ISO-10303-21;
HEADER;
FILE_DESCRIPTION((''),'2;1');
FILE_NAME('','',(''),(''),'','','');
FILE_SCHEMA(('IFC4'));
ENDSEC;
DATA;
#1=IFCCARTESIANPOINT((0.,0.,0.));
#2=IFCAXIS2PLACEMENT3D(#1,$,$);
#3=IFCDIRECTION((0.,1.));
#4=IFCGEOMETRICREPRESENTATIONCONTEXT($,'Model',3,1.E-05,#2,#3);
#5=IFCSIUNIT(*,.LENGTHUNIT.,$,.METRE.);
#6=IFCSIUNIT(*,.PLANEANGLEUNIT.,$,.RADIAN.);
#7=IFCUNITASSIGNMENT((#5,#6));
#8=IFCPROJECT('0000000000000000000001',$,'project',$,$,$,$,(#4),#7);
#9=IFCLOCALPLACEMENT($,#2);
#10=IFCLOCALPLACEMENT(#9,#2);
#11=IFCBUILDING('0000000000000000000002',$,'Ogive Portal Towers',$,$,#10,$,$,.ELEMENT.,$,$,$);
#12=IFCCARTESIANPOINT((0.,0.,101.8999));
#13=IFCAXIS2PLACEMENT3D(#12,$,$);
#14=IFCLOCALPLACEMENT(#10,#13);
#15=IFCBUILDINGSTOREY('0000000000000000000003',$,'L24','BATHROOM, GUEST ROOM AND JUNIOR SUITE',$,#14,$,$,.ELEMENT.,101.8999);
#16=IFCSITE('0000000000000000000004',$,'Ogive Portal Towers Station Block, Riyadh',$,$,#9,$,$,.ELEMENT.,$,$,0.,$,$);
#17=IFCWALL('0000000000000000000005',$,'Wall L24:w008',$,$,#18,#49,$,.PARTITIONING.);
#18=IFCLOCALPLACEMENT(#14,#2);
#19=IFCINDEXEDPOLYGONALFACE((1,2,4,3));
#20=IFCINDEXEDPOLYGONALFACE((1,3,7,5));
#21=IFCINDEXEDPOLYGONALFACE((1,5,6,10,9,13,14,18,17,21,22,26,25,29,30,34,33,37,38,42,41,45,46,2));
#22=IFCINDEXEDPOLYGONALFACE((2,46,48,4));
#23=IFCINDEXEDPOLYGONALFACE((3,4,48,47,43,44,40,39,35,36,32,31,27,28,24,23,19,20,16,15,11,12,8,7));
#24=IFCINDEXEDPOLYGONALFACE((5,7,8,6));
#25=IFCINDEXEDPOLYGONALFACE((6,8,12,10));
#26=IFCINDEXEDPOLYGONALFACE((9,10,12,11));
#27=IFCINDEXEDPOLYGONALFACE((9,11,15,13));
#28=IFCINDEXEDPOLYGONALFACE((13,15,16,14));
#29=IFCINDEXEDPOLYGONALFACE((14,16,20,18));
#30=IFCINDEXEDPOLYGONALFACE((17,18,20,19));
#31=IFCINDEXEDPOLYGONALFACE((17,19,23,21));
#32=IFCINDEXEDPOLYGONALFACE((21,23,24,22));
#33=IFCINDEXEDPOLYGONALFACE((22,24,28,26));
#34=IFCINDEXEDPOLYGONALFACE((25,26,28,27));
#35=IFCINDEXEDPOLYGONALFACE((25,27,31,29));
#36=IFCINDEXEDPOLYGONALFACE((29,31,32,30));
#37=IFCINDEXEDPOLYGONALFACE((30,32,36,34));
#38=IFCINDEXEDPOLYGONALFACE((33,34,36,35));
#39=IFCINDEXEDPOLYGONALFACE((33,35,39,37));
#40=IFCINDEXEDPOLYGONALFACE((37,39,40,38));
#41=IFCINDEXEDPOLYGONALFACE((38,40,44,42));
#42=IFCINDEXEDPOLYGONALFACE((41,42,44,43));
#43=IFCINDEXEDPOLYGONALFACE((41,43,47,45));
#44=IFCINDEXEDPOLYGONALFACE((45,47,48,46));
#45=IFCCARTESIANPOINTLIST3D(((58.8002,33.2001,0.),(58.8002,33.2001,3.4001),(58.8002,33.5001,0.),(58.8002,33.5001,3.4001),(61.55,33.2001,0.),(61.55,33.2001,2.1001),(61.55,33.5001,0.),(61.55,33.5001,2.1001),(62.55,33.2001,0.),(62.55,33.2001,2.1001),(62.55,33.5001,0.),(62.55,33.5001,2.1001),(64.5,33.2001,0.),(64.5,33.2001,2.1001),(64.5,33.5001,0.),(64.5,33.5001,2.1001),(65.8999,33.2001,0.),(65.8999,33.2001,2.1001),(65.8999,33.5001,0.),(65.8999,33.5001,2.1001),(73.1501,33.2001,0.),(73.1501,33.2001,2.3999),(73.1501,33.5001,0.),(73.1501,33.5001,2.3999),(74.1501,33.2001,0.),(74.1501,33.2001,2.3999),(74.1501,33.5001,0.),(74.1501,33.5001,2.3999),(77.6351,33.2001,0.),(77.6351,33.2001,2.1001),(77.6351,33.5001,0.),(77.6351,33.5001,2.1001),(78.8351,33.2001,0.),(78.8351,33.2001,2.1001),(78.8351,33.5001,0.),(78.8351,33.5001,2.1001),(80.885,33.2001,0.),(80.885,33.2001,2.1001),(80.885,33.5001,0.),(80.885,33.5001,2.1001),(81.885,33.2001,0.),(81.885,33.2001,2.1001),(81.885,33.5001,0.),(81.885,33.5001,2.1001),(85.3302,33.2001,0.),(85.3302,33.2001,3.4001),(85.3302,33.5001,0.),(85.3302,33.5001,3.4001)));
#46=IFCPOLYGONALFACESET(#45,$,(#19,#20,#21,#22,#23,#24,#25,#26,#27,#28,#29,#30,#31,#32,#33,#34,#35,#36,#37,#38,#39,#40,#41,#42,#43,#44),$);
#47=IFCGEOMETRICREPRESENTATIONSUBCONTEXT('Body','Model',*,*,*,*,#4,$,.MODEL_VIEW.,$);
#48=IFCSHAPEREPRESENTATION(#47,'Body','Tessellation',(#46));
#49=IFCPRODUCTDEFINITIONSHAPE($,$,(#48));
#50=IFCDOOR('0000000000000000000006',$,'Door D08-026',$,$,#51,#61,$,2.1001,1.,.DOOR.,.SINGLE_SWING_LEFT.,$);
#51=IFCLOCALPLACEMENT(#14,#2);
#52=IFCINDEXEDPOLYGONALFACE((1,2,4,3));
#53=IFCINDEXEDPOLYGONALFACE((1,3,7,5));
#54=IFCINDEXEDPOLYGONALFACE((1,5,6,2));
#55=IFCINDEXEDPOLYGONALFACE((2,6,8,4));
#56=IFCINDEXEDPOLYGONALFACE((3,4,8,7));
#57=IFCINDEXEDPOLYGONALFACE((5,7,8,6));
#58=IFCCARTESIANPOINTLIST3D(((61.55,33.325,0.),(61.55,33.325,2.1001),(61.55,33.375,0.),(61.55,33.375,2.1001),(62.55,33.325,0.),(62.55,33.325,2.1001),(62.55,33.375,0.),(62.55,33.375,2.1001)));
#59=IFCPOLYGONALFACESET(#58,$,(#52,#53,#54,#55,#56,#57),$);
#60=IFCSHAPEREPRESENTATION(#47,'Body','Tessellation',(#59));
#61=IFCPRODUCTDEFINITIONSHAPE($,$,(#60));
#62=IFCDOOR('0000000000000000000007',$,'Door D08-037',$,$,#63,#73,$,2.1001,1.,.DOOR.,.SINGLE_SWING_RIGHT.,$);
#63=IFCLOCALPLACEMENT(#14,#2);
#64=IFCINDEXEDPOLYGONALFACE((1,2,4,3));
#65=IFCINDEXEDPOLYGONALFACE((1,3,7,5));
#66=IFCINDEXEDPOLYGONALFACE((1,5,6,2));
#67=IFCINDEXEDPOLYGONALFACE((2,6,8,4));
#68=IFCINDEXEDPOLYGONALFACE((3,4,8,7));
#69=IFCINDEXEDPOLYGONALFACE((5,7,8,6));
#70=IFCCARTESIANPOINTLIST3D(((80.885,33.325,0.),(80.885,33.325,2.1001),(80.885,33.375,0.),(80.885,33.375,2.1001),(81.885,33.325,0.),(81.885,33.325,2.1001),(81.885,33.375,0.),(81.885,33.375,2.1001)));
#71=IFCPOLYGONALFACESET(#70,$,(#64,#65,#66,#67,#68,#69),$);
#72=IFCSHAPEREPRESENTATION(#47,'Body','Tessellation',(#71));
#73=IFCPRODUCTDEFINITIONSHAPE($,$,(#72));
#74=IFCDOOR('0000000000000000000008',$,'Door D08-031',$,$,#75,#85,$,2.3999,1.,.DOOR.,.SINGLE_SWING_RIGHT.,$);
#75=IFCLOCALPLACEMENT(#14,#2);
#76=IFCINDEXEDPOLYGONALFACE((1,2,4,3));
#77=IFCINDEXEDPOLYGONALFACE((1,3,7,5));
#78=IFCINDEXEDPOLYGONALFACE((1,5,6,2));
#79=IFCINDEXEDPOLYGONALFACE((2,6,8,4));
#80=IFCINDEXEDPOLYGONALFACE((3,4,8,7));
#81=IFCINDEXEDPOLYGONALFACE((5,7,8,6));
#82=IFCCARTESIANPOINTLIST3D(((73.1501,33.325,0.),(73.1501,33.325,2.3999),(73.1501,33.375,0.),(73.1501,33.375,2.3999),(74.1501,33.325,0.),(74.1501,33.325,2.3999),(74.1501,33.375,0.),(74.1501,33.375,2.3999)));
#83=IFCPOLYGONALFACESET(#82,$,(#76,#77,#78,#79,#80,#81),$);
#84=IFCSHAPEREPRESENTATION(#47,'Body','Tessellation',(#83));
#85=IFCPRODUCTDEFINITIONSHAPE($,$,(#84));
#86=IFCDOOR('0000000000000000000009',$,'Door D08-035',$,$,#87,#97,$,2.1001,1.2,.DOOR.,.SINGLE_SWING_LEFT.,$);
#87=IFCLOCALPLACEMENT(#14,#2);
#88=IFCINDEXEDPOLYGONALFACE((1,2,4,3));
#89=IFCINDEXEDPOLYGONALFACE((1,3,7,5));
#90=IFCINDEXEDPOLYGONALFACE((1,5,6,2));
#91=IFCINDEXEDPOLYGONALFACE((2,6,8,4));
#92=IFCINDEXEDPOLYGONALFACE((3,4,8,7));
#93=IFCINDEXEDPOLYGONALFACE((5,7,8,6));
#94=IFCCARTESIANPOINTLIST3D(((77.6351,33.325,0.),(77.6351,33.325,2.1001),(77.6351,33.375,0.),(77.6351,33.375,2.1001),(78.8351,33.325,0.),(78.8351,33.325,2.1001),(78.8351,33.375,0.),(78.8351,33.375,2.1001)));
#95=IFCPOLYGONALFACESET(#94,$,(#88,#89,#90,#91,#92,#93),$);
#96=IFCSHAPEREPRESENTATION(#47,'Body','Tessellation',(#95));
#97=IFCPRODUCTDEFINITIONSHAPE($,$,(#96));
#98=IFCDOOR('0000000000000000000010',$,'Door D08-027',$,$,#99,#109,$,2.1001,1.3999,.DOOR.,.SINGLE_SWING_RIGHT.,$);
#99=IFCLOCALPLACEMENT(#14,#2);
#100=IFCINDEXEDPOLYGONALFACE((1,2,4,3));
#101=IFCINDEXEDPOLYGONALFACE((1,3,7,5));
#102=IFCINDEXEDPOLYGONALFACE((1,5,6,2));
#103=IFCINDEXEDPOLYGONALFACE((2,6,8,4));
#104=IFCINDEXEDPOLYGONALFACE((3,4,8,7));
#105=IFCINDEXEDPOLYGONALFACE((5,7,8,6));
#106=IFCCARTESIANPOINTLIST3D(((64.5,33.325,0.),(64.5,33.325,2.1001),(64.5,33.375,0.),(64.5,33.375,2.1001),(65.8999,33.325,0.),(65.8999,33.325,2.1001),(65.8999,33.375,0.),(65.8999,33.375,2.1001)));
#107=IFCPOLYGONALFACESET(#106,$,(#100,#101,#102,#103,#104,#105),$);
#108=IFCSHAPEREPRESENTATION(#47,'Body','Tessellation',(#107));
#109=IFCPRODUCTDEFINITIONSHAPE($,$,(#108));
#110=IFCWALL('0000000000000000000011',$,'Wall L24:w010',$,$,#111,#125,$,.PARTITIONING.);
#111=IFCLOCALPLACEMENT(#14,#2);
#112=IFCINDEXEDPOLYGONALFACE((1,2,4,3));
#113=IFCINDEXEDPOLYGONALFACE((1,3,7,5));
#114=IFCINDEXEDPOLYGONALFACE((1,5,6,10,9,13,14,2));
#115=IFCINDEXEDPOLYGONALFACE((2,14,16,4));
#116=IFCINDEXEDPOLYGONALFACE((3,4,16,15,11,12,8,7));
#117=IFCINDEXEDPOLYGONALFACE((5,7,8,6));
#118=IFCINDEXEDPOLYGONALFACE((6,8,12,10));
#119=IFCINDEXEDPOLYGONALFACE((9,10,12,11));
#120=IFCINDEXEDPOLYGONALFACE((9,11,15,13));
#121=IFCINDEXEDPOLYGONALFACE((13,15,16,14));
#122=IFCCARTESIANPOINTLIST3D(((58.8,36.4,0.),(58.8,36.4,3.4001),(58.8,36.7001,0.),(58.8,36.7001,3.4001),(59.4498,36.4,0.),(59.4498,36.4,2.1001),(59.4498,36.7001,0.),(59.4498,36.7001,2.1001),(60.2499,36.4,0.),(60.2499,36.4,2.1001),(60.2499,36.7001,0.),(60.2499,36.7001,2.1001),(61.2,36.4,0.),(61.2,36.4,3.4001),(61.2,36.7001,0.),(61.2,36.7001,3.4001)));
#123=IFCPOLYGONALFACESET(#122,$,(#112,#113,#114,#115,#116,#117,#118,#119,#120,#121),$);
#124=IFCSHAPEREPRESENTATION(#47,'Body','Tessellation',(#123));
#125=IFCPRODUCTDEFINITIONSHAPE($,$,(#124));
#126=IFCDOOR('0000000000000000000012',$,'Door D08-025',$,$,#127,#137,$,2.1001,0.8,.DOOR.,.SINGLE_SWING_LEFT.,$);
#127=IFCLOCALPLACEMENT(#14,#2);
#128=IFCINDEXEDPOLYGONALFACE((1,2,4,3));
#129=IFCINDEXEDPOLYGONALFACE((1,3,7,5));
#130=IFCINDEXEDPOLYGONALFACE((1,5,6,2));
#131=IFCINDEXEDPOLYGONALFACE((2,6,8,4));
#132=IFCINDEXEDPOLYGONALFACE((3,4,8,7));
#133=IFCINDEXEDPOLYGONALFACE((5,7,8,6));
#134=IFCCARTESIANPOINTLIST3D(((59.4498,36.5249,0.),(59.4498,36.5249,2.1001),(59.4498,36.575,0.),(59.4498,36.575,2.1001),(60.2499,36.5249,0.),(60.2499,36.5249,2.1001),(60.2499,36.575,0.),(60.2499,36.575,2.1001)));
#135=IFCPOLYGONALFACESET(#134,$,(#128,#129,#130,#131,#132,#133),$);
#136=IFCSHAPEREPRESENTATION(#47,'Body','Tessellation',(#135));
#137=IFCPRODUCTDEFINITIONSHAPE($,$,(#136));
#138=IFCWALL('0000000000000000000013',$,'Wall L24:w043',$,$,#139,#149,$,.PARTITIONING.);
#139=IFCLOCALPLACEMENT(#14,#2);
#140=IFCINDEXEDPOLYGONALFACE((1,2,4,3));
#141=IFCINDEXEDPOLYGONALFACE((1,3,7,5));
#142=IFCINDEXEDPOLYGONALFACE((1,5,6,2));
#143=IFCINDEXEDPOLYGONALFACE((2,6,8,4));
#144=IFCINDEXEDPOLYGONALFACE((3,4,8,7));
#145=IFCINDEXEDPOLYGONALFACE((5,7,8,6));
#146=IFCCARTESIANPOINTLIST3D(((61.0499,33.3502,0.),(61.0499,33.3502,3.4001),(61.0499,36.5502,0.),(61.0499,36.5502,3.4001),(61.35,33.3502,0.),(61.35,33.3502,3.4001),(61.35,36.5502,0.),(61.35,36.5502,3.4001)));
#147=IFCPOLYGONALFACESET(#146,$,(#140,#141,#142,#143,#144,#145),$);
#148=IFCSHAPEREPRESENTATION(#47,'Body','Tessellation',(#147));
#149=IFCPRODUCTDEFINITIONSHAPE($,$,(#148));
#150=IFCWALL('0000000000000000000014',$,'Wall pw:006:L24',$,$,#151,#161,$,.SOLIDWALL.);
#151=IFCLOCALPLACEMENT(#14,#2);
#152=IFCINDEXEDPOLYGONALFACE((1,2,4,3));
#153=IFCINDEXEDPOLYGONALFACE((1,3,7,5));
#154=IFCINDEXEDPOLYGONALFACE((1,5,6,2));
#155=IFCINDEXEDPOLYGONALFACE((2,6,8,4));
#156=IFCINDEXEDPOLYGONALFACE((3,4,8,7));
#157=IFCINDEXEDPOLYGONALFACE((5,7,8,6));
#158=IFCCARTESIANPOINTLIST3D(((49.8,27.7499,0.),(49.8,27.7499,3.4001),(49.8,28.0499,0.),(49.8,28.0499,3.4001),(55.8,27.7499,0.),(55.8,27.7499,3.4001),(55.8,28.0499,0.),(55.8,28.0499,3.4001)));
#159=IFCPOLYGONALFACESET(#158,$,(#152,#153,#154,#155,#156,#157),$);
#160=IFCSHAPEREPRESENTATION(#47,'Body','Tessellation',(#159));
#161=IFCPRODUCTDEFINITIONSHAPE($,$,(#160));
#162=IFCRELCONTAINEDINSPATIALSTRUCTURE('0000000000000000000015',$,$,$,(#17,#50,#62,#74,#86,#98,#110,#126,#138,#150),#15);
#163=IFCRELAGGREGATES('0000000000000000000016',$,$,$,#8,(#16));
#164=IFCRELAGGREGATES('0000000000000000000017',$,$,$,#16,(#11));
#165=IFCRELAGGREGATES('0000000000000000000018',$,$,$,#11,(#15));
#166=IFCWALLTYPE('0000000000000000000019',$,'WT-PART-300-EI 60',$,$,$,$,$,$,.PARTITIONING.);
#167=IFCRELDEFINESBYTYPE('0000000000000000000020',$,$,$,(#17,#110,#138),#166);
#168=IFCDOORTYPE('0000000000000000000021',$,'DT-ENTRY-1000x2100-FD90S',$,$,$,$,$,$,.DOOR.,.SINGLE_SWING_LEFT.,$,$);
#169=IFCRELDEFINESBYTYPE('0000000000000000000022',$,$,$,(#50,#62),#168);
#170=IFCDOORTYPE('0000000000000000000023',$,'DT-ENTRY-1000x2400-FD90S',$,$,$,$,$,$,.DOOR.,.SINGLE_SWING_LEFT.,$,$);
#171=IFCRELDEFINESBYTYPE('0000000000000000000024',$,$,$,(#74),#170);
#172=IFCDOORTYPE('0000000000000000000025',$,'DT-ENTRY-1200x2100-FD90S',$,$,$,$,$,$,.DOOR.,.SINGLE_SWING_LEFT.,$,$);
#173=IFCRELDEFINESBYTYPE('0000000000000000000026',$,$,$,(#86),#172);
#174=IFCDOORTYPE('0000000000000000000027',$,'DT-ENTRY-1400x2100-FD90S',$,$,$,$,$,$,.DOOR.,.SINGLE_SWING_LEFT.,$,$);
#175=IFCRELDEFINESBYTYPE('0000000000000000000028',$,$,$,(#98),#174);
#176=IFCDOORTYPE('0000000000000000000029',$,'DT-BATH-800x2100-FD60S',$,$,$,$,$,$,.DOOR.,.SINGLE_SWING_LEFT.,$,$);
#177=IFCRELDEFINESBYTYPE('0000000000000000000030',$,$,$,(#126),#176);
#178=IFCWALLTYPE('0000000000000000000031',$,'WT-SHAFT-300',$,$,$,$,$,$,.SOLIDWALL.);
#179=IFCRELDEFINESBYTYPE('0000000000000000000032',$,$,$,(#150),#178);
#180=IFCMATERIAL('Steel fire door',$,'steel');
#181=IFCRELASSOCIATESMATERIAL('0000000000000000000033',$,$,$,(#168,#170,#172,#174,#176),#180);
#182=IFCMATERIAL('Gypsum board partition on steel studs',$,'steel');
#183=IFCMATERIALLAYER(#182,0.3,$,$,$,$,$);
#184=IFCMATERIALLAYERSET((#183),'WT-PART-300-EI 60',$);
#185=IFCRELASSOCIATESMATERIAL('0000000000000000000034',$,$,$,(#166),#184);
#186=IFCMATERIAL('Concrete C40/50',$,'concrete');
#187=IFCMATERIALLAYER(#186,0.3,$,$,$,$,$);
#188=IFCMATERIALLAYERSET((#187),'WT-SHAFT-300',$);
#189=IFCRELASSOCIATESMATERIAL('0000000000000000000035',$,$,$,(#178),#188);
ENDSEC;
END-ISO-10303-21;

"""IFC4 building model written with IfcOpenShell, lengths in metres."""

from ifc_helpers import new_model, si_unit, direction, frame, frame_2d, origin, place, context, subcontext, project, spatial, rectangle, extrude, material, layer, layer_set, type_object, element, fill, save


model = new_model("IFC4")

# Units and contexts
model_context = context("Model", 3, precision=1e-05, world=origin(), true_north=direction((0.0, 1.0)))
body_context = subcontext(model_context, "Body", "Model", "MODEL_VIEW")
ifc_project = project(units=[si_unit("LENGTHUNIT", "METRE"), si_unit("PLANEANGLEUNIT", "RADIAN")], contexts=[model_context])

# Site, building, storey
site_placement = place(None, origin())
site = spatial("IfcSite", under=ifc_project, at=site_placement, Name="Ogive Portal Towers Station Block, Riyadh", CompositionType="ELEMENT", RefElevation=0.0)
building_placement = place(site_placement, origin())
building = spatial("IfcBuilding", under=site, at=building_placement, Name="Ogive Portal Towers", CompositionType="ELEMENT")
storey_placement = place(building_placement, frame((0.0, 0.0, 101.8999)))
storey = spatial("IfcBuildingStorey", under=building, at=storey_placement, Name="L24", Description="BATHROOM, GUEST ROOM AND JUNIOR SUITE", CompositionType="ELEMENT", Elevation=101.8999)

# Shared definitions
ifc_material_1 = material(Name="Gypsum board partition on steel studs", Category="steel")
ifc_material_2 = material(Name="Steel fire door", Category="steel")

# Wall, openings, doors
door_type_1 = type_object("IfcDoorType", Name="DT-ENTRY-1000x2100-FD90S", OperationType="SINGLE_SWING_LEFT", PredefinedType="DOOR", material=ifc_material_2)
door_type_2 = type_object("IfcDoorType", Name="DT-ENTRY-1000x2400-FD90S", OperationType="SINGLE_SWING_LEFT", PredefinedType="DOOR", material=ifc_material_2)
door_type_3 = type_object("IfcDoorType", Name="DT-ENTRY-1200x2100-FD90S", OperationType="SINGLE_SWING_LEFT", PredefinedType="DOOR", material=ifc_material_2)
ifc_layer_1 = layer(ifc_material_1, 0.3)
ifc_layer_set_1 = layer_set([ifc_layer_1], Name="WT-PART-300-EI 60")
wall_type_1 = type_object("IfcWallType", Name="WT-PART-300-EI 60", PredefinedType="PARTITIONING", material=ifc_layer_set_1)
wall_1_placement = place(storey_placement, frame((58.8, 33.3501, 0.0), z_axis=(0.0, 0.0, 1.0), x_axis=(1.0, 0.0, 0.0)))
wall_1 = element("IfcWall", 1, at=wall_1_placement, inside=storey, type_object=wall_type_1, Name="Wall L24:w008", PredefinedType="PARTITIONING", context=body_context, shape_type="SweptSolid", body=[
    extrude(rectangle(XDim=26.53, YDim=0.3, at=frame_2d((13.2651, 0.0))), origin(), (0.0, 0.0, 1.0), 3.4001),
])
opening_1_placement = place(wall_1_placement, frame((2.75, 0.0, 0.0)))
opening_1 = element("IfcOpeningElement", 2, at=opening_1_placement, cuts=wall_1, PredefinedType="OPENING", context=body_context, shape_type="SweptSolid", body=[
    extrude(rectangle(XDim=1.0, YDim=2.1001, at=frame_2d((0.5, 1.05))), frame((0.0, 0.1602, 0.0), z_axis=(0.0, -1.0, 0.0), x_axis=(1.0, 0.0, 0.0)), (0.0, 0.0, 1.0), 0.3201),
])
opening_2_placement = place(wall_1_placement, frame((5.7, 0.0, 0.0)))
opening_2 = element("IfcOpeningElement", 3, at=opening_2_placement, cuts=wall_1, PredefinedType="OPENING", context=body_context, shape_type="SweptSolid", body=[
    extrude(rectangle(XDim=1.3999, YDim=2.1001, at=frame_2d((0.7, 1.05))), frame((0.0, 0.1602, 0.0), z_axis=(0.0, -1.0, 0.0), x_axis=(1.0, 0.0, 0.0)), (0.0, 0.0, 1.0), 0.3201),
])
opening_3_placement = place(wall_1_placement, frame((14.3501, 0.0, 0.0)))
opening_3 = element("IfcOpeningElement", 4, at=opening_3_placement, cuts=wall_1, PredefinedType="OPENING", context=body_context, shape_type="SweptSolid", body=[
    extrude(rectangle(XDim=1.0, YDim=2.3999, at=frame_2d((0.5, 1.2))), frame((0.0, 0.1602, 0.0), z_axis=(0.0, -1.0, 0.0), x_axis=(1.0, 0.0, 0.0)), (0.0, 0.0, 1.0), 0.3201),
])
opening_4_placement = place(wall_1_placement, frame((18.835, 0.0, 0.0)))
opening_4 = element("IfcOpeningElement", 5, at=opening_4_placement, cuts=wall_1, PredefinedType="OPENING", context=body_context, shape_type="SweptSolid", body=[
    extrude(rectangle(XDim=1.2, YDim=2.1001, at=frame_2d((0.6001, 1.05))), frame((0.0, 0.1602, 0.0), z_axis=(0.0, -1.0, 0.0), x_axis=(1.0, 0.0, 0.0)), (0.0, 0.0, 1.0), 0.3201),
])
opening_5_placement = place(wall_1_placement, frame((22.085, 0.0, 0.0)))
opening_5 = element("IfcOpeningElement", 6, at=opening_5_placement, cuts=wall_1, PredefinedType="OPENING", context=body_context, shape_type="SweptSolid", body=[
    extrude(rectangle(XDim=1.0, YDim=2.1001, at=frame_2d((0.5, 1.05))), frame((0.0, 0.1602, 0.0), z_axis=(0.0, -1.0, 0.0), x_axis=(1.0, 0.0, 0.0)), (0.0, 0.0, 1.0), 0.3201),
])
door_1_placement = place(opening_1_placement, origin())
door_1 = element("IfcDoor", 7, at=door_1_placement, inside=storey, type_object=door_type_1, Name="Door D08-026", OperationType="SINGLE_SWING_LEFT", OverallHeight=2.1001, OverallWidth=1.0, PredefinedType="DOOR", context=body_context, shape_type="SweptSolid", body=[
    extrude(rectangle(XDim=1.0, YDim=2.1001, at=frame_2d((0.5, 1.05))), frame((0.0, 0.0249, 0.0), z_axis=(0.0, -1.0, 0.0), x_axis=(1.0, 0.0, 0.0)), (0.0, 0.0, 1.0), 0.05),
])
fill(opening_1, door_1)
door_2_placement = place(opening_5_placement, origin())
door_2 = element("IfcDoor", 8, at=door_2_placement, inside=storey, type_object=door_type_1, Name="Door D08-037", OperationType="SINGLE_SWING_RIGHT", OverallHeight=2.1001, OverallWidth=1.0, PredefinedType="DOOR", context=body_context, shape_type="SweptSolid", body=[
    extrude(rectangle(XDim=1.0, YDim=2.1001, at=frame_2d((0.5, 1.05))), frame((0.0, 0.0249, 0.0), z_axis=(0.0, -1.0, 0.0), x_axis=(1.0, 0.0, 0.0)), (0.0, 0.0, 1.0), 0.05),
])
fill(opening_5, door_2)
door_3_placement = place(opening_3_placement, origin())
door_3 = element("IfcDoor", 9, at=door_3_placement, inside=storey, type_object=door_type_2, Name="Door D08-031", OperationType="SINGLE_SWING_RIGHT", OverallHeight=2.3999, OverallWidth=1.0, PredefinedType="DOOR", context=body_context, shape_type="SweptSolid", body=[
    extrude(rectangle(XDim=1.0, YDim=2.3999, at=frame_2d((0.5, 1.2))), frame((0.0, 0.0249, 0.0), z_axis=(0.0, -1.0, 0.0), x_axis=(1.0, 0.0, 0.0)), (0.0, 0.0, 1.0), 0.05),
])
fill(opening_3, door_3)
door_4_placement = place(opening_4_placement, origin())
door_4 = element("IfcDoor", 10, at=door_4_placement, inside=storey, type_object=door_type_3, Name="Door D08-035", OperationType="SINGLE_SWING_LEFT", OverallHeight=2.1001, OverallWidth=1.2, PredefinedType="DOOR", context=body_context, shape_type="SweptSolid", body=[
    extrude(rectangle(XDim=1.2, YDim=2.1001, at=frame_2d((0.6001, 1.05))), frame((0.0, 0.0249, 0.0), z_axis=(0.0, -1.0, 0.0), x_axis=(1.0, 0.0, 0.0)), (0.0, 0.0, 1.0), 0.05),
])
fill(opening_4, door_4)
door_type_4 = type_object("IfcDoorType", Name="DT-ENTRY-1400x2100-FD90S", OperationType="SINGLE_SWING_LEFT", PredefinedType="DOOR", material=ifc_material_2)
door_5_placement = place(opening_2_placement, origin())
door_5 = element("IfcDoor", 11, at=door_5_placement, inside=storey, type_object=door_type_4, Name="Door D08-027", OperationType="SINGLE_SWING_RIGHT", OverallHeight=2.1001, OverallWidth=1.3999, PredefinedType="DOOR", context=body_context, shape_type="SweptSolid", body=[
    extrude(rectangle(XDim=1.3999, YDim=2.1001, at=frame_2d((0.7, 1.05))), frame((0.0, 0.0249, 0.0), z_axis=(0.0, -1.0, 0.0), x_axis=(1.0, 0.0, 0.0)), (0.0, 0.0, 1.0), 0.05),
])
fill(opening_2, door_5)

# Wall, opening, door
wall_2_placement = place(storey_placement, frame((58.8, 36.55, 0.0), z_axis=(0.0, 0.0, 1.0), x_axis=(1.0, 0.0, 0.0)))
wall_2 = element("IfcWall", 12, at=wall_2_placement, inside=storey, type_object=wall_type_1, Name="Wall L24:w010", PredefinedType="PARTITIONING", context=body_context, shape_type="SweptSolid", body=[
    extrude(rectangle(XDim=2.3999, YDim=0.3, at=frame_2d((1.2, 0.0))), origin(), (0.0, 0.0, 1.0), 3.4001),
])
opening_6_placement = place(wall_2_placement, frame((0.6499, 0.0, 0.0)))
opening_6 = element("IfcOpeningElement", 13, at=opening_6_placement, cuts=wall_2, PredefinedType="OPENING", context=body_context, shape_type="SweptSolid", body=[
    extrude(rectangle(XDim=0.8, YDim=2.1001, at=frame_2d((0.3999, 1.05))), frame((0.0, 0.1602, 0.0), z_axis=(0.0, -1.0, 0.0), x_axis=(1.0, 0.0, 0.0)), (0.0, 0.0, 1.0), 0.3201),
])
door_type_5 = type_object("IfcDoorType", Name="DT-BATH-800x2100-FD60S", OperationType="SINGLE_SWING_LEFT", PredefinedType="DOOR", material=ifc_material_2)
door_6_placement = place(opening_6_placement, origin())
door_6 = element("IfcDoor", 14, at=door_6_placement, inside=storey, type_object=door_type_5, Name="Door D08-025", OperationType="SINGLE_SWING_LEFT", OverallHeight=2.1001, OverallWidth=0.8, PredefinedType="DOOR", context=body_context, shape_type="SweptSolid", body=[
    extrude(rectangle(XDim=0.8, YDim=2.1001, at=frame_2d((0.3999, 1.05))), frame((0.0, 0.0249, 0.0), z_axis=(0.0, -1.0, 0.0), x_axis=(1.0, 0.0, 0.0)), (0.0, 0.0, 1.0), 0.05),
])
fill(opening_6, door_6)

# Walls
wall_3_placement = place(storey_placement, frame((61.2, 33.3501, 0.0), z_axis=(0.0, 0.0, 1.0), x_axis=(0.0, 1.0, 0.0)))
element("IfcWall", 15, at=wall_3_placement, inside=storey, type_object=wall_type_1, Name="Wall L24:w043", PredefinedType="PARTITIONING", context=body_context, shape_type="SweptSolid", body=[
    extrude(rectangle(XDim=3.2, YDim=0.3, at=frame_2d((1.6001, 0.0))), origin(), (0.0, 0.0, 1.0), 3.4001),
])
ifc_material_3 = material(Name="Concrete C40/50", Category="concrete")
ifc_layer_2 = layer(ifc_material_3, 0.3)
ifc_layer_set_2 = layer_set([ifc_layer_2], Name="WT-SHAFT-300")
wall_type_2 = type_object("IfcWallType", Name="WT-SHAFT-300", PredefinedType="SOLIDWALL", material=ifc_layer_set_2)
wall_4_placement = place(storey_placement, frame((49.8, 27.8999, 0.0), z_axis=(0.0, 0.0, 1.0), x_axis=(1.0, 0.0, 0.0)))
element("IfcWall", 16, at=wall_4_placement, inside=storey, type_object=wall_type_2, Name="Wall pw:006:L24", PredefinedType="SOLIDWALL", context=body_context, shape_type="SweptSolid", body=[
    extrude(rectangle(XDim=6.0, YDim=0.3, at=frame_2d((3.0, 0.0))), origin(), (0.0, 0.0, 1.0), 3.4001),
])

save(model, "model.ifc")
